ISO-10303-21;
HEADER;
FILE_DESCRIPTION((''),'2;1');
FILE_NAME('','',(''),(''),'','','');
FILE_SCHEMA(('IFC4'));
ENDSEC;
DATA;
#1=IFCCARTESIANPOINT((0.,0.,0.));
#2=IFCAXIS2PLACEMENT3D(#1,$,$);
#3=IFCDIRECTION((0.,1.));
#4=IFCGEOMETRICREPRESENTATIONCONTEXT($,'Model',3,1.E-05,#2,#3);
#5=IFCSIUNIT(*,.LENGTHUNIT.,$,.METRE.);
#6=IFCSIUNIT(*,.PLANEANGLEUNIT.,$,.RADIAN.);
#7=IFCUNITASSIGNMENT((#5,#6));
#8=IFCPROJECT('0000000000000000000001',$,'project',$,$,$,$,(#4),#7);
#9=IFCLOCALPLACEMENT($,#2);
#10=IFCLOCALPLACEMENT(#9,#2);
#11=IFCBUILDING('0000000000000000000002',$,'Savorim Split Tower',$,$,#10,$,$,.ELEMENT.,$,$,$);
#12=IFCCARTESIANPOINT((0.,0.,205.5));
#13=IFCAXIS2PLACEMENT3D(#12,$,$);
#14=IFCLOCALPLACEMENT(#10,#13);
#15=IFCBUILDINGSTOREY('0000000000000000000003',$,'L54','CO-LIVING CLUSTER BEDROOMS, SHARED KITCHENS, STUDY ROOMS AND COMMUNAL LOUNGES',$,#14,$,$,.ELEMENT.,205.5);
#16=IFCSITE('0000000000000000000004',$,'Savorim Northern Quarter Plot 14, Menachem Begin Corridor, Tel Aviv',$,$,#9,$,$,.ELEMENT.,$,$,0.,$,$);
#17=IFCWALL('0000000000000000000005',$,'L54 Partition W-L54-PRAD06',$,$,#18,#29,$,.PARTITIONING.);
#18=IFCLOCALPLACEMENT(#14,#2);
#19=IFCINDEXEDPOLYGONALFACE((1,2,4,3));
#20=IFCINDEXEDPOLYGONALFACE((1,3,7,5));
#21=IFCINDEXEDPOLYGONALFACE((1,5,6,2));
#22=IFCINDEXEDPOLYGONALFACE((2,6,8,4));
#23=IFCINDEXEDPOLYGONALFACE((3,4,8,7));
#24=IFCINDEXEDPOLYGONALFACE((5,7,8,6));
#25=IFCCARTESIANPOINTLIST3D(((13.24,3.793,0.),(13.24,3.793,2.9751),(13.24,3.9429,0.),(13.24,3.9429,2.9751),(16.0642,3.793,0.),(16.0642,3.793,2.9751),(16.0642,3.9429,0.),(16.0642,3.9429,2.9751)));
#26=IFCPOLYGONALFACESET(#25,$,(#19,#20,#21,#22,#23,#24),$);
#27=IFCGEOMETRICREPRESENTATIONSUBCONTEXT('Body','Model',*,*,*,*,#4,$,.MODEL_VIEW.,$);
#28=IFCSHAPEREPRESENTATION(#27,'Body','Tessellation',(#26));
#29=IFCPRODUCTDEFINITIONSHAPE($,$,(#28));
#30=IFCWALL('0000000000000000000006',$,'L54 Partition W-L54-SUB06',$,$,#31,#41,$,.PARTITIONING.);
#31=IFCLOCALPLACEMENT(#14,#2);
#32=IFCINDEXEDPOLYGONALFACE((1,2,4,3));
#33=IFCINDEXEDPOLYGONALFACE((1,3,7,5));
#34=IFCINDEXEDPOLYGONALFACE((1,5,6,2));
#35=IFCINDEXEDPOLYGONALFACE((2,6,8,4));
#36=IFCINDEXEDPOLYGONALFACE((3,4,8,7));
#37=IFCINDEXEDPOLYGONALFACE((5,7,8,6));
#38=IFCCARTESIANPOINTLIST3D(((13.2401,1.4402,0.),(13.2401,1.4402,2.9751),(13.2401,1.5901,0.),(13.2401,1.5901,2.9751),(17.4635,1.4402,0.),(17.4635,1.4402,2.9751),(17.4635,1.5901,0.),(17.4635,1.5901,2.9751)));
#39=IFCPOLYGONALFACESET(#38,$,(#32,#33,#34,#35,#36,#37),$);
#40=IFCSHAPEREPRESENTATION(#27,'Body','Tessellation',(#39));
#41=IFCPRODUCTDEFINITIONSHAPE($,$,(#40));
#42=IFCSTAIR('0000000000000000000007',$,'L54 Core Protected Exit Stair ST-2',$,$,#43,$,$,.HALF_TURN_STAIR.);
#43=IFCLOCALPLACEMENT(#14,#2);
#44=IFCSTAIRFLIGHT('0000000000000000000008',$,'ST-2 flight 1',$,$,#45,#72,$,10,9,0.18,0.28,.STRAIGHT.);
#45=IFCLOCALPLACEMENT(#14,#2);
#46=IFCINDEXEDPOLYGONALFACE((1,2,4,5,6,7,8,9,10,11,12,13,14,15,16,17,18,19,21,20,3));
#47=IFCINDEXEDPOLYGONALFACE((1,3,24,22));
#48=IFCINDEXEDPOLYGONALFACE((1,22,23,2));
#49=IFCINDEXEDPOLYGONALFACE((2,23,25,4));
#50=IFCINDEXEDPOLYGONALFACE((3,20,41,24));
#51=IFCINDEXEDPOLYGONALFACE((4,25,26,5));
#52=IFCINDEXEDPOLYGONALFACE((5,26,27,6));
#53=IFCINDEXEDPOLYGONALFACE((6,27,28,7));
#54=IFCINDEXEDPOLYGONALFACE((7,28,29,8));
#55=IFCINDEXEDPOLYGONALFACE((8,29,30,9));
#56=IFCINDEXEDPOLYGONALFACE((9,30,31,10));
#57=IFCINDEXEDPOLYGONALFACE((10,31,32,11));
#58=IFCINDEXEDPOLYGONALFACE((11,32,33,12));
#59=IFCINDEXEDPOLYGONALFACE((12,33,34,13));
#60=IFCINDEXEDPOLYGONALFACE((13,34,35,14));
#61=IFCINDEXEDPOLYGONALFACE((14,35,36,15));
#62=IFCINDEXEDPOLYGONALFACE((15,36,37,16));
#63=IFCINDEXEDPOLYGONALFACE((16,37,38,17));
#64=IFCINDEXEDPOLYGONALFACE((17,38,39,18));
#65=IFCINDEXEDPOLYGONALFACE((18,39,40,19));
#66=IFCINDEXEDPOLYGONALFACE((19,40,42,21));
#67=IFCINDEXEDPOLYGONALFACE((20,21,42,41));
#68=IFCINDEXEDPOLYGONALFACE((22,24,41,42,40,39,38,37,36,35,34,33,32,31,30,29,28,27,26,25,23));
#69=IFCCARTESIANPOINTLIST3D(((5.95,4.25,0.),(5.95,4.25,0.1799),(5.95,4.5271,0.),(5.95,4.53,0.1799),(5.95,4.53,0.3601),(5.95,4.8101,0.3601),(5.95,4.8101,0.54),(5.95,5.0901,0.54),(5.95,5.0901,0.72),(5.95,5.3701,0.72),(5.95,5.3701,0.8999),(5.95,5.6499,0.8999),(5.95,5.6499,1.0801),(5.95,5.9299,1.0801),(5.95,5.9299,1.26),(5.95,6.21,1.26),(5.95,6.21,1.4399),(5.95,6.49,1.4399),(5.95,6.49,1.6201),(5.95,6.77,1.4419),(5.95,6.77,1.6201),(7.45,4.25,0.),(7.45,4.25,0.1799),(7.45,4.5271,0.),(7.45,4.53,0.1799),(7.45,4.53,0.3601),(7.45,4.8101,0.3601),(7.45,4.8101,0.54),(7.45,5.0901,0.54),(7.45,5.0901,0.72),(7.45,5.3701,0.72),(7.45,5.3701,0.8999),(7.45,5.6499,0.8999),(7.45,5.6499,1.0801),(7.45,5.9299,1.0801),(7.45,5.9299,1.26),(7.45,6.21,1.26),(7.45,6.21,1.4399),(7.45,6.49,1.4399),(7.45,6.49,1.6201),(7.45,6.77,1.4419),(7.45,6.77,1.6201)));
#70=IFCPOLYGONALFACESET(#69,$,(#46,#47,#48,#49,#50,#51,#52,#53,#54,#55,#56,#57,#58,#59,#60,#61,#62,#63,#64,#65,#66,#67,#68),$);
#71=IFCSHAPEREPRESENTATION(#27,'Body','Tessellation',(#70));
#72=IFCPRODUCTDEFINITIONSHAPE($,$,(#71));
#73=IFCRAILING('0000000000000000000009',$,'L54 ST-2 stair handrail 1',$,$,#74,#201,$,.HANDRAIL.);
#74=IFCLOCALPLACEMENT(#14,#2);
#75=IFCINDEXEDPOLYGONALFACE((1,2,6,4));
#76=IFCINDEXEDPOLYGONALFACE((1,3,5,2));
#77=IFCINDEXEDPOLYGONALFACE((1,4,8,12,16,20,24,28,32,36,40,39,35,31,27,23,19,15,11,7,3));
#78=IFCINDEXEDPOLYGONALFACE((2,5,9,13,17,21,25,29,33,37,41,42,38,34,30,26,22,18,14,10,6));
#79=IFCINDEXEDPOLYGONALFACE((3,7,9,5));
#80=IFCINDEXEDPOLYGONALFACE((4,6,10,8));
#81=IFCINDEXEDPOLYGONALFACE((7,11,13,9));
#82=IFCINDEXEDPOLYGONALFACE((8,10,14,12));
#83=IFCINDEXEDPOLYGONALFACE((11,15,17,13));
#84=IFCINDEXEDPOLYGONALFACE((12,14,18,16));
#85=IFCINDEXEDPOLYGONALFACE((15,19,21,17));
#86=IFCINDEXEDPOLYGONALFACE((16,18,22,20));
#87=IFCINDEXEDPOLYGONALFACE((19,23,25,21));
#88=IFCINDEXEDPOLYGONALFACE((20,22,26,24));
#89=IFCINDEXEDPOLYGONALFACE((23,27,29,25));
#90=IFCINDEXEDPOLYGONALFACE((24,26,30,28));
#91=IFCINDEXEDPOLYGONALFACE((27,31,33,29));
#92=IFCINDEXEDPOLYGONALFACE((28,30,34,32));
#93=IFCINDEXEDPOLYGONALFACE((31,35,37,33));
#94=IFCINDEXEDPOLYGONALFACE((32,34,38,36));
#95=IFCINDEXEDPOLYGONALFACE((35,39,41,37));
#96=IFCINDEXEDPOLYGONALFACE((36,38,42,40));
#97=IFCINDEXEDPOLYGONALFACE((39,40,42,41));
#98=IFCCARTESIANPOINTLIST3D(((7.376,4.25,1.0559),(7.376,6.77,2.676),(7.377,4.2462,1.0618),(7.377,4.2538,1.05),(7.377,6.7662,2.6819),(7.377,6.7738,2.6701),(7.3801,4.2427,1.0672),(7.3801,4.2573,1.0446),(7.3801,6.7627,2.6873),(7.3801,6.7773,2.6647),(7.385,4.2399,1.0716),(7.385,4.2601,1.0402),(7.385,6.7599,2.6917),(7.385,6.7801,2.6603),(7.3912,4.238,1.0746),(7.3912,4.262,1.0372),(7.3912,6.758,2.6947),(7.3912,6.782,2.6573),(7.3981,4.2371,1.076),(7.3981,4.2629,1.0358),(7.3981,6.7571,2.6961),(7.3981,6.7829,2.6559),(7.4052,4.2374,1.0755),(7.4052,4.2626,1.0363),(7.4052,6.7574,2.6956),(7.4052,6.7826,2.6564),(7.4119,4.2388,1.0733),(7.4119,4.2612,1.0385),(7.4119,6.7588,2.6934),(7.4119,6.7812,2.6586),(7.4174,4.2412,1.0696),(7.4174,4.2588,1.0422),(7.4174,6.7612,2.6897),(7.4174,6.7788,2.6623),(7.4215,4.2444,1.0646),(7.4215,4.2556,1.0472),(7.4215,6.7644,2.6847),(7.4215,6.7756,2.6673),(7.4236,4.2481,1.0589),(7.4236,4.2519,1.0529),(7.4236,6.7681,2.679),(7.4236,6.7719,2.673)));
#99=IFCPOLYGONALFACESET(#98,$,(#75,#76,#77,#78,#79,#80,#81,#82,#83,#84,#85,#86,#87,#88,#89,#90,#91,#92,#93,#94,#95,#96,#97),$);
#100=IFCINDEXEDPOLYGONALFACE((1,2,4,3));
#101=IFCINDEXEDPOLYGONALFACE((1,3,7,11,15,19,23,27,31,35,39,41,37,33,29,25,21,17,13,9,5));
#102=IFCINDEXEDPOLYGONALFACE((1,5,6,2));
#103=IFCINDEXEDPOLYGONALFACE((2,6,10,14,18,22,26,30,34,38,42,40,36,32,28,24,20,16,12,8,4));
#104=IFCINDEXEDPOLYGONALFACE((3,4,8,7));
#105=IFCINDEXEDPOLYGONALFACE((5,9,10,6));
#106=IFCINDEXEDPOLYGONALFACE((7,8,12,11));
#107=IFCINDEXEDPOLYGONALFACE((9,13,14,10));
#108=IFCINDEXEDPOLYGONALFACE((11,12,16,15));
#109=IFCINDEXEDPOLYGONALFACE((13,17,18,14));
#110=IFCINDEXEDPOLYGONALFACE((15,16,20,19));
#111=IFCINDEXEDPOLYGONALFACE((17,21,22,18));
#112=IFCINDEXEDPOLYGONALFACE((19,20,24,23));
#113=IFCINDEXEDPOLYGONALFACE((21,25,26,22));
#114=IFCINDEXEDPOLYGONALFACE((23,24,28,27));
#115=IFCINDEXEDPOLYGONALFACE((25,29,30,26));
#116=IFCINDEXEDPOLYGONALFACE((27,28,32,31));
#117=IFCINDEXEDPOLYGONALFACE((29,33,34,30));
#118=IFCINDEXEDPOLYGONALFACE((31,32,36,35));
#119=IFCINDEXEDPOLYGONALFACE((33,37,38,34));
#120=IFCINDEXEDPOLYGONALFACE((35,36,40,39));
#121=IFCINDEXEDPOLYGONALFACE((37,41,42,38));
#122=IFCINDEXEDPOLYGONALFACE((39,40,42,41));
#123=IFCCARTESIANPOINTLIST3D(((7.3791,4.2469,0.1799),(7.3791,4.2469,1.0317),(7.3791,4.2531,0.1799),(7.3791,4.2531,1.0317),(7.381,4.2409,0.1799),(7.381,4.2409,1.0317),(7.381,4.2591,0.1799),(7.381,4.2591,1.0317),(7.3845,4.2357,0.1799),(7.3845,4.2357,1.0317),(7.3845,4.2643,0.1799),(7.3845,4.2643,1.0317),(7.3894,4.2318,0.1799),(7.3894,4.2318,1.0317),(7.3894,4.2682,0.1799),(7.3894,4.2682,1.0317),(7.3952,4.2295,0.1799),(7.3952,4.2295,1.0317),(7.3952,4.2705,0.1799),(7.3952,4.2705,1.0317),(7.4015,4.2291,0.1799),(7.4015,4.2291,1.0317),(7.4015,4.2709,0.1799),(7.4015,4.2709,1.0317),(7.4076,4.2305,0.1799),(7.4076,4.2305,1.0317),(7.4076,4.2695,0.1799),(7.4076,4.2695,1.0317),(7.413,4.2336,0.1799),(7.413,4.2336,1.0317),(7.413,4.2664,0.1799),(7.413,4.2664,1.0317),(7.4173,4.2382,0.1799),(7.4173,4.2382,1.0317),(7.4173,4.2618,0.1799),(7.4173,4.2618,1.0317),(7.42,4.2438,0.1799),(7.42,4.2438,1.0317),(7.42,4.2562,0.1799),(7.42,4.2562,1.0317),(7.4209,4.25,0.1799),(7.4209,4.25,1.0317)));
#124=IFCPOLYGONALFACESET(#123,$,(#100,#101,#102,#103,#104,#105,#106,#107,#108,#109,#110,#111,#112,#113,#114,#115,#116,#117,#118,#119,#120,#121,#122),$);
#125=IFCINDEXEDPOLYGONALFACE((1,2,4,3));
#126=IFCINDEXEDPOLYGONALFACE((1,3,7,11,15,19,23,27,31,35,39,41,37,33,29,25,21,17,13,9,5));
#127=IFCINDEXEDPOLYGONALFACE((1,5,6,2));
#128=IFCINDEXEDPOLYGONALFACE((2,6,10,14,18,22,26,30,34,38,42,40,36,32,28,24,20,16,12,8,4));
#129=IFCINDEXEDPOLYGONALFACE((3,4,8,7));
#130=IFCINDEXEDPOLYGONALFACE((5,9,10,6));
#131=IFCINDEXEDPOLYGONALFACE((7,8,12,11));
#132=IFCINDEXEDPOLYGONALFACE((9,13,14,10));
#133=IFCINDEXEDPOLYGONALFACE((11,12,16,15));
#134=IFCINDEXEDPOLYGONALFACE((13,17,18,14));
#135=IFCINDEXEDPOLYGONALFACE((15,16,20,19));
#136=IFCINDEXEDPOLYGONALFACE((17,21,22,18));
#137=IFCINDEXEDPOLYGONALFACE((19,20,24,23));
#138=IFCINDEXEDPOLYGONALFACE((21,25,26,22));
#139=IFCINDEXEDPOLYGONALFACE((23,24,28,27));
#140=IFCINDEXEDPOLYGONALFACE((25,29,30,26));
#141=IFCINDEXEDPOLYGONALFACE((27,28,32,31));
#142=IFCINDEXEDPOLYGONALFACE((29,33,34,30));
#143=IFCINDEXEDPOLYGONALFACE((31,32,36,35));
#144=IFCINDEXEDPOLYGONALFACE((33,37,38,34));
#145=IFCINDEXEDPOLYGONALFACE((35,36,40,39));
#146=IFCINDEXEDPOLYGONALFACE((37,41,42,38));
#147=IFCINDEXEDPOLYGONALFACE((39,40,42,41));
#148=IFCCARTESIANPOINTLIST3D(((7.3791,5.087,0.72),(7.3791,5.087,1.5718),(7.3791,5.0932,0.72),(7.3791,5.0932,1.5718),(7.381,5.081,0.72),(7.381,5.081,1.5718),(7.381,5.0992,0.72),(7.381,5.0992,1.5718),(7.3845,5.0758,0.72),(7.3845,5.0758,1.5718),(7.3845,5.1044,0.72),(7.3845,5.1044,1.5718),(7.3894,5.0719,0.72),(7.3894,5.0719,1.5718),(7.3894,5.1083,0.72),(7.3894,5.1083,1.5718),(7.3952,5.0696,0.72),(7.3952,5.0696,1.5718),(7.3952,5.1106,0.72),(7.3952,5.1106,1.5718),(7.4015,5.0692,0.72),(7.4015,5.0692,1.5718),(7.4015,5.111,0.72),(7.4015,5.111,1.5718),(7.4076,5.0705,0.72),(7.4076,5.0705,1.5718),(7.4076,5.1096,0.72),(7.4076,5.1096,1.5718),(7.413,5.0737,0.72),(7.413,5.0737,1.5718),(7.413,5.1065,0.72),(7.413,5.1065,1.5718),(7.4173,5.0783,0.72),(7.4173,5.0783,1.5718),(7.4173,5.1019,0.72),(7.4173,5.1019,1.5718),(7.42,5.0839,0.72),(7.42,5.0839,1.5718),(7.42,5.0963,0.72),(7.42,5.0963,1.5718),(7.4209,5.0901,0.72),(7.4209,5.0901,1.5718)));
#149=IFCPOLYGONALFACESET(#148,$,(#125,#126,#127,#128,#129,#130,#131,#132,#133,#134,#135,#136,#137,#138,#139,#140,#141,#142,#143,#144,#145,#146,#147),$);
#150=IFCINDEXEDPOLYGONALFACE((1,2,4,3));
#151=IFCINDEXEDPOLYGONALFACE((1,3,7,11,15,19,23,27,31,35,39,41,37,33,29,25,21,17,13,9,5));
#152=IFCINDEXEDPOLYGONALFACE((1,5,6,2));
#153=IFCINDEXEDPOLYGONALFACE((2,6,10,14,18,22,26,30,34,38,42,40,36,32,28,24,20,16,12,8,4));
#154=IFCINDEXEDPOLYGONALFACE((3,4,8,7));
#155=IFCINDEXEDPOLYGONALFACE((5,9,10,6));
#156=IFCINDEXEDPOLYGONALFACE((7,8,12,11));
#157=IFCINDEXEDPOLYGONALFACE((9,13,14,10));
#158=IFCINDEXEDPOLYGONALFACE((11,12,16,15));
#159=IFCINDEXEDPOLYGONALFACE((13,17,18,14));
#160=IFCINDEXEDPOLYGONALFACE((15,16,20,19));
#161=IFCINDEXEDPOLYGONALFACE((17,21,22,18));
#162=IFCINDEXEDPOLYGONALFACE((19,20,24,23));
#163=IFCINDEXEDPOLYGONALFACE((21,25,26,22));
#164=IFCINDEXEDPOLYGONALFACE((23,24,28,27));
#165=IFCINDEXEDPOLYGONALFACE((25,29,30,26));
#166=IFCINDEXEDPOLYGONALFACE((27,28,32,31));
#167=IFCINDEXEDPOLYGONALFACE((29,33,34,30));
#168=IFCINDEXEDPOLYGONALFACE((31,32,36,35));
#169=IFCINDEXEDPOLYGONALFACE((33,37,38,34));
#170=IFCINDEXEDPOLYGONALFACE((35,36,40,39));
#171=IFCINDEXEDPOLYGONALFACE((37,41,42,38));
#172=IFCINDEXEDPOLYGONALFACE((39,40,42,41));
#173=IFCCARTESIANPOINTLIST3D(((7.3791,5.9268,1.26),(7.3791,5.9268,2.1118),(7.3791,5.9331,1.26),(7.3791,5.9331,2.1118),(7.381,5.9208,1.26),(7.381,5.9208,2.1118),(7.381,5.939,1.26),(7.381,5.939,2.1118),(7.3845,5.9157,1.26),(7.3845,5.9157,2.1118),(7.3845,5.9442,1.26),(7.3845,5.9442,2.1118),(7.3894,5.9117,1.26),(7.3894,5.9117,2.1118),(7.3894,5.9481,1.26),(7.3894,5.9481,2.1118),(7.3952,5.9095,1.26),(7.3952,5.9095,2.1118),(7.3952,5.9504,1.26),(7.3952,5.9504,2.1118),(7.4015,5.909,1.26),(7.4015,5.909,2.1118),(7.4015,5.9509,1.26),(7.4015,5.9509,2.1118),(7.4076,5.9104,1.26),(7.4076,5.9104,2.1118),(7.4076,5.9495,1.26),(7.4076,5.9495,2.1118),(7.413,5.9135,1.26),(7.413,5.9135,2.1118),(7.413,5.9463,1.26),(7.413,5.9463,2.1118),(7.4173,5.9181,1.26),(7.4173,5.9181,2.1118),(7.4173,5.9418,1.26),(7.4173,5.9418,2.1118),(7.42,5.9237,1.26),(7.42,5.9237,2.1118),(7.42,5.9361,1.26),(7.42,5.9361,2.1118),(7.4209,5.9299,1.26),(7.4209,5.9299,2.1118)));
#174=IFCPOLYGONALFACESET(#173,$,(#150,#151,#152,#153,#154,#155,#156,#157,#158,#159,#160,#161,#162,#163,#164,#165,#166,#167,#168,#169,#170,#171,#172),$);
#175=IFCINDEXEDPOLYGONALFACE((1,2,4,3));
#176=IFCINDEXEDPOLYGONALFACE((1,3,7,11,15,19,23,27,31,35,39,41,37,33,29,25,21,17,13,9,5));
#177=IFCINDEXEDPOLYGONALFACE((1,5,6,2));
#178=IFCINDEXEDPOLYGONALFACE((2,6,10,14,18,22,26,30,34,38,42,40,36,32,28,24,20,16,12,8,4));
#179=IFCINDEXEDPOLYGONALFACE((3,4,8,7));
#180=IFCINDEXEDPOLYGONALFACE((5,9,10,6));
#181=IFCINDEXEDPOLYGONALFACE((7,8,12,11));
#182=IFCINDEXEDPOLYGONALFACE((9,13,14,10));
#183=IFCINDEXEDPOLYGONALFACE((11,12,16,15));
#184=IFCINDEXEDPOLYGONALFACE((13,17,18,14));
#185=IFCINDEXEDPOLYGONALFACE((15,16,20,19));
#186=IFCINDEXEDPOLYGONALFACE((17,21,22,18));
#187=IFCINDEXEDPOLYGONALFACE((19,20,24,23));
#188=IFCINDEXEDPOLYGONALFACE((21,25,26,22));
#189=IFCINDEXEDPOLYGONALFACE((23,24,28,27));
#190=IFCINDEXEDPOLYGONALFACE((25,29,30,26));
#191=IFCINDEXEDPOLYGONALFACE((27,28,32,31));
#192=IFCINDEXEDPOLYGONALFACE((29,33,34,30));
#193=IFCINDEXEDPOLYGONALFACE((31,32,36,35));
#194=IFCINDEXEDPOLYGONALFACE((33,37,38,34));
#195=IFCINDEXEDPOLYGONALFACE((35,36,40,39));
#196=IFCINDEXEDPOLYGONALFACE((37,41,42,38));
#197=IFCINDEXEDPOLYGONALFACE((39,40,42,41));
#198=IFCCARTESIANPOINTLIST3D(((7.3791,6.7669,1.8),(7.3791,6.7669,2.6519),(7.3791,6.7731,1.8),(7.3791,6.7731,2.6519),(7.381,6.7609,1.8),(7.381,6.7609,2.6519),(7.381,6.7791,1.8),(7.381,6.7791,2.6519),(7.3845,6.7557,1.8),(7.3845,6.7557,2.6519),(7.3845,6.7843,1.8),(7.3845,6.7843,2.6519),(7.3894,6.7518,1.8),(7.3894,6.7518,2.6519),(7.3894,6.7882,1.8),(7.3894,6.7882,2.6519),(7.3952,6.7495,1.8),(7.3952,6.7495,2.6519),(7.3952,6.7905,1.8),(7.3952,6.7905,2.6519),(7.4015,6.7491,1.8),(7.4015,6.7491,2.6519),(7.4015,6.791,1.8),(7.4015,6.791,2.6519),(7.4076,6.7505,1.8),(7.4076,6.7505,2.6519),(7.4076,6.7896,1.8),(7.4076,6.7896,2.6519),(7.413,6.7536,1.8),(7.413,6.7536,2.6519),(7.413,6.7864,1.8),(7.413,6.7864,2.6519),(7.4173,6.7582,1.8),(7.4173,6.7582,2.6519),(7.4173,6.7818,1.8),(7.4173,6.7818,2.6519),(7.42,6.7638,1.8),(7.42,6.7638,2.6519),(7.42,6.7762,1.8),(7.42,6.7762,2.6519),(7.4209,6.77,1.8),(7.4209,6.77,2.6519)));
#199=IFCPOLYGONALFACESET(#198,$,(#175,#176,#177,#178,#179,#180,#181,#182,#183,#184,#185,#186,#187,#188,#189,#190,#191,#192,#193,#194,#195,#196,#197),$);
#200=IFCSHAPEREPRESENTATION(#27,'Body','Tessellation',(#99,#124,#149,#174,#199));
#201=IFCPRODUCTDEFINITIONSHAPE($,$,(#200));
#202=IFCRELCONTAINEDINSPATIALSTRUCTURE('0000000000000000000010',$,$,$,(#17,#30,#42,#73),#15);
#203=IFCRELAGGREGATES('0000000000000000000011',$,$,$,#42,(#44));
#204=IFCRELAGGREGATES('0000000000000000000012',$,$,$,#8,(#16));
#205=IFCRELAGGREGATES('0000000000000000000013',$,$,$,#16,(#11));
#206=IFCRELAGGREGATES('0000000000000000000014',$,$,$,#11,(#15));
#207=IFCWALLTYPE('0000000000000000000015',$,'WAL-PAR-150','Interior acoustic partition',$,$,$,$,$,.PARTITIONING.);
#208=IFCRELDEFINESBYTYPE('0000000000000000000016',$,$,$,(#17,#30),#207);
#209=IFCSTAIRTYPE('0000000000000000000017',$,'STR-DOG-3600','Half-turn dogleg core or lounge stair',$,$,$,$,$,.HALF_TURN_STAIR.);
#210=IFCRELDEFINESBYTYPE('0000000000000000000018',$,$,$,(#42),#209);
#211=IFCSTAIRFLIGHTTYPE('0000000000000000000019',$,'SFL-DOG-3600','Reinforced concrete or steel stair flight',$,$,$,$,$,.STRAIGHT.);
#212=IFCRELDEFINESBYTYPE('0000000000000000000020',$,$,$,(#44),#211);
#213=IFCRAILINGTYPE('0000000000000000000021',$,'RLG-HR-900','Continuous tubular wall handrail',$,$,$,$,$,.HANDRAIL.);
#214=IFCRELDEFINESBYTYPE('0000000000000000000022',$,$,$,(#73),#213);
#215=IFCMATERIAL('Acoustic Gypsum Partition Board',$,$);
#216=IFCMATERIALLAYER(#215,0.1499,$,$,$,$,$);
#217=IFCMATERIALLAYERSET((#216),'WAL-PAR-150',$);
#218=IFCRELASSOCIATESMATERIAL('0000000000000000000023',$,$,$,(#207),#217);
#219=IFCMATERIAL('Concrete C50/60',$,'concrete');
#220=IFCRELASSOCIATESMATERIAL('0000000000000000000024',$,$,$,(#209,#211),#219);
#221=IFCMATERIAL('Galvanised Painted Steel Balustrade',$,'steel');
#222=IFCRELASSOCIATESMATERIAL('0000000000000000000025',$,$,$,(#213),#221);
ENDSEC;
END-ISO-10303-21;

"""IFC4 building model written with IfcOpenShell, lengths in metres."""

from ifc_helpers import new_model, si_unit, direction, frame, frame_2d, origin, origin_2d, place, context, subcontext, project, spatial, polyline, rectangle, circle, outline, extrude, material, layer, layer_set, type_object, element, aggregate, save


model = new_model("IFC4")

# Units and contexts
model_context = context("Model", 3, precision=1e-05, world=origin(), true_north=direction((0.0, 1.0)))
body_context = subcontext(model_context, "Body", "Model", "MODEL_VIEW")
ifc_project = project(units=[si_unit("LENGTHUNIT", "METRE"), si_unit("PLANEANGLEUNIT", "RADIAN")], contexts=[model_context])

# Site, building, storey
site_placement = place(None, origin())
site = spatial("IfcSite", under=ifc_project, at=site_placement, Name="Savorim Northern Quarter Plot 14, Menachem Begin Corridor, Tel Aviv", CompositionType="ELEMENT", RefElevation=0.0)
building_placement = place(site_placement, origin())
building = spatial("IfcBuilding", under=site, at=building_placement, Name="Savorim Split Tower", CompositionType="ELEMENT")
storey_placement = place(building_placement, frame((0.0, 0.0, 205.5)))
storey = spatial("IfcBuildingStorey", under=building, at=storey_placement, Name="L54", Description="CO-LIVING CLUSTER BEDROOMS, SHARED KITCHENS, STUDY ROOMS AND COMMUNAL LOUNGES", CompositionType="ELEMENT", Elevation=205.5)

# Shared definitions
ifc_material_1 = material(Name="Concrete C50/60", Category="concrete")

# Walls
ifc_material_2 = material(Name="Acoustic Gypsum Partition Board")
ifc_layer_1 = layer(ifc_material_2, 0.1499)
ifc_layer_set_1 = layer_set([ifc_layer_1], Name="WAL-PAR-150")
wall_type_1 = type_object("IfcWallType", Name="WAL-PAR-150", Description="Interior acoustic partition", PredefinedType="PARTITIONING", material=ifc_layer_set_1)
wall_1_placement = place(storey_placement, frame((13.24, 3.8679, 0.0), z_axis=(0.0, 0.0, 1.0), x_axis=(1.0, 0.0, 0.0)))
element("IfcWall", 1, at=wall_1_placement, inside=storey, type_object=wall_type_1, Name="L54 Partition W-L54-PRAD06", PredefinedType="PARTITIONING", context=body_context, shape_type="SweptSolid", body=[
    extrude(rectangle(XDim=2.8242, YDim=0.1499, at=frame_2d((1.4121, 0.0))), origin(), (0.0, 0.0, 1.0), 2.9751),
])
wall_2_placement = place(storey_placement, frame((13.24, 1.5151, 0.0), z_axis=(0.0, 0.0, 1.0), x_axis=(1.0, 0.0, 0.0)))
element("IfcWall", 2, at=wall_2_placement, inside=storey, type_object=wall_type_1, Name="L54 Partition W-L54-SUB06", PredefinedType="PARTITIONING", context=body_context, shape_type="SweptSolid", body=[
    extrude(rectangle(XDim=4.2234, YDim=0.1499, at=frame_2d((2.1118, 0.0))), origin(), (0.0, 0.0, 1.0), 2.9751),
])

# Stair, stair flight
stair_type = type_object("IfcStairType", Name="STR-DOG-3600", Description="Half-turn dogleg core or lounge stair", PredefinedType="HALF_TURN_STAIR", material=ifc_material_1)
stair_placement = place(storey_placement, origin())
stair = element("IfcStair", 3, at=stair_placement, inside=storey, type_object=stair_type, Name="L54 Core Protected Exit Stair ST-2", PredefinedType="HALF_TURN_STAIR")
stair_flight_type = type_object("IfcStairFlightType", Name="SFL-DOG-3600", Description="Reinforced concrete or steel stair flight", PredefinedType="STRAIGHT", material=ifc_material_1)
stair_flight_placement = place(storey_placement, frame((6.7, 4.25, 0.0), z_axis=(0.0, 0.0, 1.0), x_axis=(0.0, 1.0, 0.0)))
stair_flight = element("IfcStairFlight", 4, at=stair_flight_placement, type_object=stair_flight_type, Name="ST-2 flight 1", NumberOfRisers=10, NumberOfTreads=9, PredefinedType="STRAIGHT", RiserHeight=0.18, TreadLength=0.28, context=body_context, shape_type="SweptSolid", body=[
    extrude(outline(polyline([(0.0, 0.0), (0.0, 0.1799), (0.28, 0.1799), (0.28, 0.3601), (0.5601, 0.3601), (0.5601, 0.54), (0.8401, 0.54), (0.8401, 0.72), (1.1201, 0.72), (1.1201, 0.8999), (1.3999, 0.8999), (1.3999, 1.0801), (1.6799, 1.0801), (1.6799, 1.26), (1.96, 1.26), (1.96, 1.4399), (2.24, 1.4399), (2.24, 1.6201), (2.52, 1.6201), (2.52, 1.8), (2.52, 1.4419), (0.2771, 0.0), (0.0, 0.0)])), frame((0.0, 0.75, 0.0), z_axis=(0.0, -1.0, 0.0), x_axis=(1.0, 0.0, 0.0)), (0.0, 0.0, 1.0), 1.5),
])
aggregate(stair, [stair_flight])

# Railing
ifc_material_3 = material(Name="Galvanised Painted Steel Balustrade", Category="steel")
railing_type_1 = type_object("IfcRailingType", Name="RLG-HR-900", Description="Continuous tubular wall handrail", PredefinedType="HANDRAIL", material=ifc_material_3)
railing_1_placement = place(storey_placement, frame((7.3999, 4.25, 0.1799)))
element("IfcRailing", 5, at=railing_1_placement, inside=storey, type_object=railing_type_1, Name="L54 ST-2 stair handrail 1", PredefinedType="HANDRAIL", context=body_context, shape_type="SweptSolid", body=[
    extrude(circle(Radius=0.0239, at=origin_2d()), frame((0.0, 0.0, 0.876), z_axis=(0.0, 0.841163, 0.540782), x_axis=(-1.0, 0.0, 0.0)), (0.0, 0.0, 1.0), 2.9958),
    extrude(circle(Radius=0.021, at=origin_2d()), origin(), (0.0, 0.0, 1.0), 0.8518),
    extrude(circle(Radius=0.021, at=origin_2d()), frame((0.0, 0.8401, 0.54)), (0.0, 0.0, 1.0), 0.8518),
    extrude(circle(Radius=0.021, at=origin_2d()), frame((0.0, 1.6799, 1.0801)), (0.0, 0.0, 1.0), 0.8518),
    extrude(circle(Radius=0.021, at=origin_2d()), frame((0.0, 2.52, 1.6201)), (0.0, 0.0, 1.0), 0.8518),
])

save(model, "model.ifc")
